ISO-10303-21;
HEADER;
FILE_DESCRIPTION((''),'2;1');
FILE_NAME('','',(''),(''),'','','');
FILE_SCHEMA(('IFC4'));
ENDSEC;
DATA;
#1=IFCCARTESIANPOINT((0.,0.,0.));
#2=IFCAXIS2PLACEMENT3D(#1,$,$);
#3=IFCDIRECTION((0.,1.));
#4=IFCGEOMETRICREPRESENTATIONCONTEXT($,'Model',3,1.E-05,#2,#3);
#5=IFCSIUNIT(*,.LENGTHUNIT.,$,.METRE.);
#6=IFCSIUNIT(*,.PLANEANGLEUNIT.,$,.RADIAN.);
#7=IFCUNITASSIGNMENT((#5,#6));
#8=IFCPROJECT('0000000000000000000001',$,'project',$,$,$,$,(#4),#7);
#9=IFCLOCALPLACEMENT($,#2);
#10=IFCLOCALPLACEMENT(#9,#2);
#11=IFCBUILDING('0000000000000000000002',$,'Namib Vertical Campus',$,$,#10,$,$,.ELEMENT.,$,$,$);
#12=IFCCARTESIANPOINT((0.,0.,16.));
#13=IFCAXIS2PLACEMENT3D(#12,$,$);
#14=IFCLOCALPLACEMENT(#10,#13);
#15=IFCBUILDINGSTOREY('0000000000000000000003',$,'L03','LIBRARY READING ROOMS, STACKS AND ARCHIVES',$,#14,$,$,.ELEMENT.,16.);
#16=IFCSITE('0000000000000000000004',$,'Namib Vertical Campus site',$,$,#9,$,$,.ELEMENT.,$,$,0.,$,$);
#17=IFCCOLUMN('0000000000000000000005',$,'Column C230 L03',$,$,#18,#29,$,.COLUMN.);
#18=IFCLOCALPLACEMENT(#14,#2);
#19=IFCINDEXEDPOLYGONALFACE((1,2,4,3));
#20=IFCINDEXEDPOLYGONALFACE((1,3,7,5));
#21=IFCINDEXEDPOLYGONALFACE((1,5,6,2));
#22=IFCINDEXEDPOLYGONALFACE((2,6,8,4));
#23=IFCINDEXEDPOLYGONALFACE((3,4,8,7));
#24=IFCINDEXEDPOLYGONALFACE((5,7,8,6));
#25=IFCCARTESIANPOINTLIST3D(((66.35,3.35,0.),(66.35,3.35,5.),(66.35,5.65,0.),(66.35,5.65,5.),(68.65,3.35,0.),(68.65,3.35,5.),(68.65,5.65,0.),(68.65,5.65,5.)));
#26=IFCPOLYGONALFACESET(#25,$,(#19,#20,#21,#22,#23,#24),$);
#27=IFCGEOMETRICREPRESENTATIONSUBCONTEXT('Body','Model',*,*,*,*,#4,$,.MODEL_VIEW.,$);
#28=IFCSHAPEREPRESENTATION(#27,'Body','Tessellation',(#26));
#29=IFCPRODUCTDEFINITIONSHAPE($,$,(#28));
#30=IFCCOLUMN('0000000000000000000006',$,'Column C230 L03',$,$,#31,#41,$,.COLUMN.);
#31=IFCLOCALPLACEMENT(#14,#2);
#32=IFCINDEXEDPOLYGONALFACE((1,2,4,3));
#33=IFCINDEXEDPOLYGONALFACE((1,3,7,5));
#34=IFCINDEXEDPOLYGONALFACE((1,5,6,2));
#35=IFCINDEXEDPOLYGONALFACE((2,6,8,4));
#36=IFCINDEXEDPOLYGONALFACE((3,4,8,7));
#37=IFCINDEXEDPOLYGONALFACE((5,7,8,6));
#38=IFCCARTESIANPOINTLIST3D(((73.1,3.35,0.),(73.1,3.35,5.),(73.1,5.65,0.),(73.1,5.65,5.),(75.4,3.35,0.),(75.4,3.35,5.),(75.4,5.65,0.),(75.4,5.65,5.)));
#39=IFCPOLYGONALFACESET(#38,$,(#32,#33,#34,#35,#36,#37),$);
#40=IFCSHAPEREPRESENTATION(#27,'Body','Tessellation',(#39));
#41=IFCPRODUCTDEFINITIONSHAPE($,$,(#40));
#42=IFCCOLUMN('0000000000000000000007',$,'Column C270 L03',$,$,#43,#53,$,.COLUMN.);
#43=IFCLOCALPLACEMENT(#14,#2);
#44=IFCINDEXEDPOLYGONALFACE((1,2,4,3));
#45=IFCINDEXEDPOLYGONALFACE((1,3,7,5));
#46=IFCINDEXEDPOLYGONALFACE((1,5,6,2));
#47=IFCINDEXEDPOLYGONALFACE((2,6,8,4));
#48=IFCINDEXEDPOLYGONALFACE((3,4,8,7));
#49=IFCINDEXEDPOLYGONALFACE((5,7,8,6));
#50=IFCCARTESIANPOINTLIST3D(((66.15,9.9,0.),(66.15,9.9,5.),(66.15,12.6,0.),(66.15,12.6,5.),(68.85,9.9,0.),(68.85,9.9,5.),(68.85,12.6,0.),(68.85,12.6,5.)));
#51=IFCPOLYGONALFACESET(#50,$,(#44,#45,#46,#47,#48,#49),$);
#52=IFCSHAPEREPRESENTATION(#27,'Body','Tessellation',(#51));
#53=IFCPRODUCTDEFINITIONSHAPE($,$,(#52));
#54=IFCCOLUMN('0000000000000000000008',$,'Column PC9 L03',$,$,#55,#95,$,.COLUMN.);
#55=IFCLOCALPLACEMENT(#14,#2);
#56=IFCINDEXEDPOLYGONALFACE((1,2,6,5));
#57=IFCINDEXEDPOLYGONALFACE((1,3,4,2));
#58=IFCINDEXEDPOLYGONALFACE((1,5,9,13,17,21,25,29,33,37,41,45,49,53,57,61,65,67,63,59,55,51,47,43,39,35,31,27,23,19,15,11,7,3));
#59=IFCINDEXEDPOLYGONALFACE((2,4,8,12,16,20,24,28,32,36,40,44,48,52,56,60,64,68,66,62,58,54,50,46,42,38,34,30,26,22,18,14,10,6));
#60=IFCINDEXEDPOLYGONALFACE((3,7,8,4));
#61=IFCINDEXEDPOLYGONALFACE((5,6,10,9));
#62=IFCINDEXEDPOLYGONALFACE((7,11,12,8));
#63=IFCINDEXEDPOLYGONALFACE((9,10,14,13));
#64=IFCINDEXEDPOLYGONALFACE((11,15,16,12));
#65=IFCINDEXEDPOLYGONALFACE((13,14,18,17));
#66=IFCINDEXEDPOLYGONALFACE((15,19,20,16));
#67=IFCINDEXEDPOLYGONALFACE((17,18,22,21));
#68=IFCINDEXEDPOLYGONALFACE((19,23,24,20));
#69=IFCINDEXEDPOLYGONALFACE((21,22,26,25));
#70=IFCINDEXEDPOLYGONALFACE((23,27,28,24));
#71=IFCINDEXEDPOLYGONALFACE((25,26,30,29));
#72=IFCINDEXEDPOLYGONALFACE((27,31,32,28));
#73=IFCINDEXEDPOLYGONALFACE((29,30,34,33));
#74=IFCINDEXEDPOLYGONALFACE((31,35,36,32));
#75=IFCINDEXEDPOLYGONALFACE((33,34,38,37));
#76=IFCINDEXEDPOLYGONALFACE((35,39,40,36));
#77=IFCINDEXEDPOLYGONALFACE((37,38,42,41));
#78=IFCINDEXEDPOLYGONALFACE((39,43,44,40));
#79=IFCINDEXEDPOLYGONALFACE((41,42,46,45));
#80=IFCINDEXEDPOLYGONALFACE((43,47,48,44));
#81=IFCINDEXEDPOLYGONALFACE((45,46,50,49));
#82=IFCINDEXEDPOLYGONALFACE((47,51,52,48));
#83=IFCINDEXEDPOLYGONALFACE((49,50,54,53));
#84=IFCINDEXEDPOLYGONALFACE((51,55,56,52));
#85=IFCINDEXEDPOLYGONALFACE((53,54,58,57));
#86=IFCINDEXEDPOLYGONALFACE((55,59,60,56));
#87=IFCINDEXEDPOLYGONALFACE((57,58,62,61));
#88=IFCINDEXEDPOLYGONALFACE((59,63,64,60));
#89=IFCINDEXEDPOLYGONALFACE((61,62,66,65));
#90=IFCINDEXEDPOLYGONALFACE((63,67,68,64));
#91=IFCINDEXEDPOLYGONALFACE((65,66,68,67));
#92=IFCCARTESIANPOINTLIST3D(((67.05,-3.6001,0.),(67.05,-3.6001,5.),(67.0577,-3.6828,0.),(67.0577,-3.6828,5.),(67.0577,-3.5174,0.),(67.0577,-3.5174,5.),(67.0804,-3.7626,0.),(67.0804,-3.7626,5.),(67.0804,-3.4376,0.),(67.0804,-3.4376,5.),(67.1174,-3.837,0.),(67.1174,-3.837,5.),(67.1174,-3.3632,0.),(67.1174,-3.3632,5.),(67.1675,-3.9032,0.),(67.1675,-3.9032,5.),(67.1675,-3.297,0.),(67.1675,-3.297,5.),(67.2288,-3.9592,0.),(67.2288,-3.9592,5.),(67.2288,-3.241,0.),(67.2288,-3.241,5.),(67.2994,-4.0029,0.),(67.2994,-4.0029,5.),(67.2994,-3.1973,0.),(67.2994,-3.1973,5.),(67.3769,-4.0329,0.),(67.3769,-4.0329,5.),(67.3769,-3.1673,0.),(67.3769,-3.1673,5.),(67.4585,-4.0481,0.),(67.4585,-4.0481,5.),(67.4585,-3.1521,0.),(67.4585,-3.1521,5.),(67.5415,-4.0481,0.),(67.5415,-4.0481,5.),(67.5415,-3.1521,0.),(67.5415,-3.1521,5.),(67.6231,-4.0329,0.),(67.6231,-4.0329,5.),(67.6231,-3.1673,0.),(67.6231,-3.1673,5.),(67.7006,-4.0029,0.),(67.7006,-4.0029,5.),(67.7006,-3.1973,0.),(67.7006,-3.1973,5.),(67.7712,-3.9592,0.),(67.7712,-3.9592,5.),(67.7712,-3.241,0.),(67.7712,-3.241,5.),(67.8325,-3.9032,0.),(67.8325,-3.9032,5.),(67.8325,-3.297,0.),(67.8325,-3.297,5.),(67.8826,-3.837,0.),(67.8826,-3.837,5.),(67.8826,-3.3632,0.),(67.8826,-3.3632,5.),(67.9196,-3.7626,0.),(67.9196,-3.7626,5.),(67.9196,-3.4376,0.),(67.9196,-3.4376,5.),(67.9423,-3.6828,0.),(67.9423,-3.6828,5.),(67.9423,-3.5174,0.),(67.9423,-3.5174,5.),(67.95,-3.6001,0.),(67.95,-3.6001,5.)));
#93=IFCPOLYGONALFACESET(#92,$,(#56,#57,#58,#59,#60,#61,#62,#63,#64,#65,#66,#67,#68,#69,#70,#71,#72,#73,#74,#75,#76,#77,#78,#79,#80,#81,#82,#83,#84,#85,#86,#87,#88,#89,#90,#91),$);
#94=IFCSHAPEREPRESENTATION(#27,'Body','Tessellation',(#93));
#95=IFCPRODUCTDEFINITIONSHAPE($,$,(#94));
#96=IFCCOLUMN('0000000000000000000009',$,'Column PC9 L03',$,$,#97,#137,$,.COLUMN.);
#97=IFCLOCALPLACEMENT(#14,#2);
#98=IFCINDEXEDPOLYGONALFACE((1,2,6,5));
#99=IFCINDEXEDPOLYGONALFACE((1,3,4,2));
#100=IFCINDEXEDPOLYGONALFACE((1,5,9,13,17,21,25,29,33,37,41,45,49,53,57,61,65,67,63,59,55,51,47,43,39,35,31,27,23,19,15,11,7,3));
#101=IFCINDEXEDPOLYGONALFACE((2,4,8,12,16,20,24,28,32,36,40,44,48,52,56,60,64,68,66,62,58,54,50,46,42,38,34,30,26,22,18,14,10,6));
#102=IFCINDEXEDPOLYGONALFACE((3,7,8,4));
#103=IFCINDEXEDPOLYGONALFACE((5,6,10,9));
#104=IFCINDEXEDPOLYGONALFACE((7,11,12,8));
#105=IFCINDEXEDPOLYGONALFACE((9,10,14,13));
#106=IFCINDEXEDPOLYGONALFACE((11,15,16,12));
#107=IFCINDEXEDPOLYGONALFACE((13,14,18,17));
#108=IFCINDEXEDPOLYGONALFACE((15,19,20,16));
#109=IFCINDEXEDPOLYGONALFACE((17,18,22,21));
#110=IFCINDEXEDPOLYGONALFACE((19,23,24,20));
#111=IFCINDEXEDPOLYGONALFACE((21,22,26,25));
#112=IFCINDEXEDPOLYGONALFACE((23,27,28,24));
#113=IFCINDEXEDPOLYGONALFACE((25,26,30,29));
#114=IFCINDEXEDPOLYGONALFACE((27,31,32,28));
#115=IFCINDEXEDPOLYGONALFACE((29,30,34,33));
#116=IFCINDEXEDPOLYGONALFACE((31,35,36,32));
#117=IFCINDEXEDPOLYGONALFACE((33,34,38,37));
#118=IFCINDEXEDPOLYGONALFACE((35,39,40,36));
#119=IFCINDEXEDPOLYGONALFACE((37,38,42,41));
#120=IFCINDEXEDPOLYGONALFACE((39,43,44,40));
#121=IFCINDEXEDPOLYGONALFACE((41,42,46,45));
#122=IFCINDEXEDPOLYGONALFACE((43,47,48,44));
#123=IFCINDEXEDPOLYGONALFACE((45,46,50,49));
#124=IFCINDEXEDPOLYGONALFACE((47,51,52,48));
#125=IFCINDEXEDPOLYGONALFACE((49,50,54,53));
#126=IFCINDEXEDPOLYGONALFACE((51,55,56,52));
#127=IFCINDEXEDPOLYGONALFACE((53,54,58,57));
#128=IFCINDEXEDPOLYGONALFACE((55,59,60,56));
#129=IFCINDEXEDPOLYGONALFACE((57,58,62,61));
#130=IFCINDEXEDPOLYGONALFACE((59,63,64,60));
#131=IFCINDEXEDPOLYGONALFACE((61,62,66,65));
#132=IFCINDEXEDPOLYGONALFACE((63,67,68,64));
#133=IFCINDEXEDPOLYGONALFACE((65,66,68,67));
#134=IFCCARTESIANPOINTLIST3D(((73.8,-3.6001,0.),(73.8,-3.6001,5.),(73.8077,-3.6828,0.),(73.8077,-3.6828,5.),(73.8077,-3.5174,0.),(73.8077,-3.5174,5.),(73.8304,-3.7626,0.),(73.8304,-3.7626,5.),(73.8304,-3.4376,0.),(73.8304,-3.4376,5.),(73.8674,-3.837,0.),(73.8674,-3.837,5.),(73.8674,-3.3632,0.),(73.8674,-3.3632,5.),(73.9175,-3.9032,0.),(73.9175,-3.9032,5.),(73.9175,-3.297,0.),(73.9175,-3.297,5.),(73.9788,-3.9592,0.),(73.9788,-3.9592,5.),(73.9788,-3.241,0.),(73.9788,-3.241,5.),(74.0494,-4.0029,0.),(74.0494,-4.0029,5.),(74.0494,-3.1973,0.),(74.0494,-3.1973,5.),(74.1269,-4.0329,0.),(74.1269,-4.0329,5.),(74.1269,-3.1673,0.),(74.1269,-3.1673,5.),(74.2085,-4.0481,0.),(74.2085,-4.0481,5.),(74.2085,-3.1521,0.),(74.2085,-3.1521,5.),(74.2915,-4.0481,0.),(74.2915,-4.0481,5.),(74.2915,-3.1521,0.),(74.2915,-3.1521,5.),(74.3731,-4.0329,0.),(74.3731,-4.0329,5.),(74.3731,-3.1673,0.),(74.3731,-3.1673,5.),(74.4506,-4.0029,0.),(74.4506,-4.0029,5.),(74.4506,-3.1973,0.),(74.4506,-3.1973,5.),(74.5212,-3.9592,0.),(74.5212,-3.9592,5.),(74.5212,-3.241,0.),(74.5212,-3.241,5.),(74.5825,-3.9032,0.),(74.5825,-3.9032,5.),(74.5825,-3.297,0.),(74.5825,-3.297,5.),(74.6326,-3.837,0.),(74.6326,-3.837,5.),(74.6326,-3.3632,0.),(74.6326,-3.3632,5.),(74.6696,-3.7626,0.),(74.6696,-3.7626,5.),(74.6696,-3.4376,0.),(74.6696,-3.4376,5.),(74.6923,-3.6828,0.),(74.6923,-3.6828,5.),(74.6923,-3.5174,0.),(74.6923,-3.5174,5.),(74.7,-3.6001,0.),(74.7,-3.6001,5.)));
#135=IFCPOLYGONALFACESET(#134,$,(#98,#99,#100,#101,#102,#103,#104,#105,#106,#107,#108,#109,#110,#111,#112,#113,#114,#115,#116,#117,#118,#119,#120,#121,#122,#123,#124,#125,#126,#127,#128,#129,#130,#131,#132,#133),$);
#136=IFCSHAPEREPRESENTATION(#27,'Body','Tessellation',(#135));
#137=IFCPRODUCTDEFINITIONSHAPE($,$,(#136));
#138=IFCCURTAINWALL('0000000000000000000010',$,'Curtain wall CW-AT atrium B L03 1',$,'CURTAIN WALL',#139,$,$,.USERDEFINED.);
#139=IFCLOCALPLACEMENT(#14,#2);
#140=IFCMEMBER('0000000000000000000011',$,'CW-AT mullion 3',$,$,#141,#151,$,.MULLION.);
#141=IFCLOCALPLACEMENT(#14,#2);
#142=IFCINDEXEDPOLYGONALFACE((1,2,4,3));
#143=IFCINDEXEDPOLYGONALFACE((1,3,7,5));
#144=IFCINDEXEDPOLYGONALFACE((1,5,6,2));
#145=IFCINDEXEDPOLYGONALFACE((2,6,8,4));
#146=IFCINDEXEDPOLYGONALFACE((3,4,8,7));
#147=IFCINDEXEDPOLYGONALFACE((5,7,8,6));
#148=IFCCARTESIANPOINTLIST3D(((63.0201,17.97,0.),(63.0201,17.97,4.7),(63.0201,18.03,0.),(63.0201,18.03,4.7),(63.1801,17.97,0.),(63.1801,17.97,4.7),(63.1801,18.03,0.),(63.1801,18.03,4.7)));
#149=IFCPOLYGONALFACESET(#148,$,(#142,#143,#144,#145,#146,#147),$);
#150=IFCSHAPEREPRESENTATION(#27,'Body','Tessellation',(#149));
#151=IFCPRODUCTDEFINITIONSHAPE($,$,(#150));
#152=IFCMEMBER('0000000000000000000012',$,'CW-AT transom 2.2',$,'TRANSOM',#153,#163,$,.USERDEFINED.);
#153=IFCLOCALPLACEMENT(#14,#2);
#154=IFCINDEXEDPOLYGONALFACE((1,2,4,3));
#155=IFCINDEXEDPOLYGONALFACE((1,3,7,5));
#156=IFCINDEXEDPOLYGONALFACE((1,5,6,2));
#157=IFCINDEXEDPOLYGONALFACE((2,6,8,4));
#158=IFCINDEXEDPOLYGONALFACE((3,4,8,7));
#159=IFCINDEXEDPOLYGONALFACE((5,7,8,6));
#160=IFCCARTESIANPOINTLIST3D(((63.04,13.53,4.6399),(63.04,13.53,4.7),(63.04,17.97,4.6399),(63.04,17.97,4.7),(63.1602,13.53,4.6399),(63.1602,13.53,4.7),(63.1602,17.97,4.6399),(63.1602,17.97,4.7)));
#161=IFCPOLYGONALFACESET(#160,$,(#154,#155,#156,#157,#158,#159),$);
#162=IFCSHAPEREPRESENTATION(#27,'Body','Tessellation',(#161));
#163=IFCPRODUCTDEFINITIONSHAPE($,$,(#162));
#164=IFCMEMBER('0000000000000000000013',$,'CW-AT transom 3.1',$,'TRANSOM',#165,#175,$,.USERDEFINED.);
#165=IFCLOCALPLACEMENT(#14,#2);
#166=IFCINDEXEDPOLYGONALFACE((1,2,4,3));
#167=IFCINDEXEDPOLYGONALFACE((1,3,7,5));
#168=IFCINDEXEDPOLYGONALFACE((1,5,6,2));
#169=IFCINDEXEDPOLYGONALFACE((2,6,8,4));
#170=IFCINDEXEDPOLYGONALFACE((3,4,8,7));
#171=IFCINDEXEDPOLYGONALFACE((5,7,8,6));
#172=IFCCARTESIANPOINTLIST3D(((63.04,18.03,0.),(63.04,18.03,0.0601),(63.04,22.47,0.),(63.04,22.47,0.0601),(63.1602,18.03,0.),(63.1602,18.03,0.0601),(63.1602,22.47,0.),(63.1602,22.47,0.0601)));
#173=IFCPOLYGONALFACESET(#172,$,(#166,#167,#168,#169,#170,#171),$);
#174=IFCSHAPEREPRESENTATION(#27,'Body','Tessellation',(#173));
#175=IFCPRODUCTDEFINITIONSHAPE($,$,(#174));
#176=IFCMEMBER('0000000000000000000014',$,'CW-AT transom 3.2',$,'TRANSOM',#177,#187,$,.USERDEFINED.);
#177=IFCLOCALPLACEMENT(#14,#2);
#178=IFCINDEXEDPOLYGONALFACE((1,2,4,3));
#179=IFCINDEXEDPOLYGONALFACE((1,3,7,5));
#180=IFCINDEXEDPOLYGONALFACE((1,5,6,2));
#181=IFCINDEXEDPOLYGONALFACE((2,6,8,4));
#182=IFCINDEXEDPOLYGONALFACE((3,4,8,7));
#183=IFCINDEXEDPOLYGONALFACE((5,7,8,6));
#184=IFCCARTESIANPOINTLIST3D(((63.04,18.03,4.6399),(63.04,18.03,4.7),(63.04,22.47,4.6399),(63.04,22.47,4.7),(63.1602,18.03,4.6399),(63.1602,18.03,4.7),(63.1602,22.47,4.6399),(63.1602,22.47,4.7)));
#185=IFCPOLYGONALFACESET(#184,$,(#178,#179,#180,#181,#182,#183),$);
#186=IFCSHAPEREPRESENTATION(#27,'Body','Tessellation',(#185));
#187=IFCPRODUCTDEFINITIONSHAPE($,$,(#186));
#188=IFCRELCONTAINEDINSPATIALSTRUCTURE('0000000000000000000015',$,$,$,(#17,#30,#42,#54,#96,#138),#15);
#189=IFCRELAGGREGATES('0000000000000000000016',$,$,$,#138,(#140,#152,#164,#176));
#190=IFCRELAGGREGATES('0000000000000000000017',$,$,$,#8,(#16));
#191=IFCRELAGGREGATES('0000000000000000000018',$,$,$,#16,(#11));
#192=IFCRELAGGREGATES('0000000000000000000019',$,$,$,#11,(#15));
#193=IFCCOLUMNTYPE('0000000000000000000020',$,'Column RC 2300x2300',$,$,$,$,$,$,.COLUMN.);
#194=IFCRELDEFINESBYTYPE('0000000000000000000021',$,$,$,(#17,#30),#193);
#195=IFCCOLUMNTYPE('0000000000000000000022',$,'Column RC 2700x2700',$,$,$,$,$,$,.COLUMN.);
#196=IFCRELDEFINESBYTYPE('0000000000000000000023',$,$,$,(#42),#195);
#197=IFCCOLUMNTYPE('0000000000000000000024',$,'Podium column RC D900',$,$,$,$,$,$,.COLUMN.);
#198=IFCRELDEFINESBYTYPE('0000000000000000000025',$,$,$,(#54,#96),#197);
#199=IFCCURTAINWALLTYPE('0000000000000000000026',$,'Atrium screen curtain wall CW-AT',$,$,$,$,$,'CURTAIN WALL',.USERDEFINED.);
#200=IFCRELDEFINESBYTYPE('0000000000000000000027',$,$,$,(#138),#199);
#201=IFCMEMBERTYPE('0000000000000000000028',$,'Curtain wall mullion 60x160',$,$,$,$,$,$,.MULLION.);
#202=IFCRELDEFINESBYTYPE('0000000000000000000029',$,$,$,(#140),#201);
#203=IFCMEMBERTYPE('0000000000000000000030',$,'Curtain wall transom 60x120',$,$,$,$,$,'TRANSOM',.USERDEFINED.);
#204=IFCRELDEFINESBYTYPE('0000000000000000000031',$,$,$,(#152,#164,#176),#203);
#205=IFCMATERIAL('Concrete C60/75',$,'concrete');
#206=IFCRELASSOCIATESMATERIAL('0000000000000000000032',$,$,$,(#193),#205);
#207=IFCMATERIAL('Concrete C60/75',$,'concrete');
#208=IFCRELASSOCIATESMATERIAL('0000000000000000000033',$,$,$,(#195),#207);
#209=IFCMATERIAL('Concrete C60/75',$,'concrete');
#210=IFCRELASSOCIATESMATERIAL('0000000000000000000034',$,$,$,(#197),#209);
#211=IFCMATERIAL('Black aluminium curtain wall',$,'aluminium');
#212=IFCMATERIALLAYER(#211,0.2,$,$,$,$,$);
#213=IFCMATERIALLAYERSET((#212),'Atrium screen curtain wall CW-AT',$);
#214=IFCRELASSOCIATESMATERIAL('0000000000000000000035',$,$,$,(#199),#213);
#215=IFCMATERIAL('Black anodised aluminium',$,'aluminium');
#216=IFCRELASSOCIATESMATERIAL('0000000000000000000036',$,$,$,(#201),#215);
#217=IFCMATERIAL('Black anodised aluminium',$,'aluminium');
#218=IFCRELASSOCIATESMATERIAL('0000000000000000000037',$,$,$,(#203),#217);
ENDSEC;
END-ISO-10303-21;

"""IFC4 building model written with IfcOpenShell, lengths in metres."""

from ifc_helpers import new_model, si_unit, direction, frame, origin, origin_2d, place, context, subcontext, project, spatial, rectangle, circle, extrude, material, layer, layer_set, material_profile, profile_set, type_object, element, aggregate, save


model = new_model("IFC4")

# Units and contexts
model_context = context("Model", 3, precision=1e-05, world=origin(), true_north=direction((0.0, 1.0)))
body_context = subcontext(model_context, "Body", "Model", "MODEL_VIEW")
ifc_project = project(units=[si_unit("LENGTHUNIT", "METRE"), si_unit("PLANEANGLEUNIT", "RADIAN")], contexts=[model_context])

# Site, building, storey
site_placement = place(None, origin())
site = spatial("IfcSite", under=ifc_project, at=site_placement, Name="Namib Vertical Campus site", CompositionType="ELEMENT", RefElevation=0.0)
building_placement = place(site_placement, origin())
building = spatial("IfcBuilding", under=site, at=building_placement, Name="Namib Vertical Campus", CompositionType="ELEMENT")
storey_placement = place(building_placement, frame((0.0, 0.0, 16.0)))
storey = spatial("IfcBuildingStorey", under=building, at=storey_placement, Name="L03", Description="LIBRARY READING ROOMS, STACKS AND ARCHIVES", CompositionType="ELEMENT", Elevation=16.0)

# Columns
ifc_material_1 = material(Name="Concrete C60/75", Category="concrete")
ifc_material_profile_1 = material_profile(ifc_material_1, rectangle(XDim=2.3, YDim=2.3, at=origin_2d()))
ifc_profile_set_1 = profile_set([ifc_material_profile_1], Name="Concrete C60/75")
column_type_1 = type_object("IfcColumnType", Name="Column RC 2300x2300", PredefinedType="COLUMN", material=ifc_profile_set_1)
for number, where, z_axis, x_axis, name in (
    (1, (67.5, 4.5, 0.0), (0.0, 0.0, 1.0), (1.0, 0.0, 0.0), "Column C230 L03"),
    (2, (74.25, 4.5, 0.0), (0.0, 0.0, 1.0), (1.0, 0.0, 0.0), "Column C230 L03"),
):
    element("IfcColumn", number, at=place(storey_placement, frame(where, z_axis=z_axis, x_axis=x_axis)), inside=storey, type_object=column_type_1, Name=name, PredefinedType="COLUMN", context=body_context, shape_type="SweptSolid", body=[
        extrude(rectangle(XDim=2.3, YDim=2.3, at=origin_2d()), origin(), (0.0, 0.0, 1.0), 5.0),
    ])
ifc_material_2 = material(Name="Concrete C60/75", Category="concrete")
ifc_material_profile_2 = material_profile(ifc_material_2, rectangle(XDim=2.7, YDim=2.7, at=origin_2d()))
ifc_profile_set_2 = profile_set([ifc_material_profile_2], Name="Concrete C60/75")
column_type_2 = type_object("IfcColumnType", Name="Column RC 2700x2700", PredefinedType="COLUMN", material=ifc_profile_set_2)
column_placement = place(storey_placement, frame((67.5, 11.25, 0.0), z_axis=(0.0, 0.0, 1.0), x_axis=(1.0, 0.0, 0.0)))
element("IfcColumn", 3, at=column_placement, inside=storey, type_object=column_type_2, Name="Column C270 L03", PredefinedType="COLUMN", context=body_context, shape_type="SweptSolid", body=[
    extrude(rectangle(XDim=2.7, YDim=2.7, at=origin_2d()), origin(), (0.0, 0.0, 1.0), 5.0),
])
ifc_material_3 = material(Name="Concrete C60/75", Category="concrete")
ifc_material_profile_3 = material_profile(ifc_material_3, circle(Radius=0.45, at=origin_2d()))
ifc_profile_set_3 = profile_set([ifc_material_profile_3], Name="Concrete C60/75")
column_type_3 = type_object("IfcColumnType", Name="Podium column RC D900", PredefinedType="COLUMN", material=ifc_profile_set_3)
for number, where, z_axis, x_axis, name in (
    (4, (67.5, -3.6001, 0.0), (0.0, 0.0, 1.0), (1.0, 0.0, 0.0), "Column PC9 L03"),
    (5, (74.25, -3.6001, 0.0), (0.0, 0.0, 1.0), (1.0, 0.0, 0.0), "Column PC9 L03"),
):
    element("IfcColumn", number, at=place(storey_placement, frame(where, z_axis=z_axis, x_axis=x_axis)), inside=storey, type_object=column_type_3, Name=name, PredefinedType="COLUMN", context=body_context, shape_type="SweptSolid", body=[
        extrude(circle(Radius=0.45, at=origin_2d()), origin(), (0.0, 0.0, 1.0), 5.0),
    ])

# Curtain wall, members
ifc_material_4 = material(Name="Black aluminium curtain wall", Category="aluminium")
ifc_layer_1 = layer(ifc_material_4, 0.2)
ifc_layer_set_1 = layer_set([ifc_layer_1], Name="Atrium screen curtain wall CW-AT")
curtain_wall_type = type_object("IfcCurtainWallType", Name="Atrium screen curtain wall CW-AT", ElementType="CURTAIN WALL", PredefinedType="USERDEFINED", material=ifc_layer_set_1)
curtain_wall_placement = place(storey_placement, origin())
curtain_wall = element("IfcCurtainWall", 6, at=curtain_wall_placement, inside=storey, type_object=curtain_wall_type, Name="Curtain wall CW-AT atrium B L03 1", ObjectType="CURTAIN WALL", PredefinedType="USERDEFINED")
ifc_material_5 = material(Name="Black anodised aluminium", Category="aluminium")
ifc_material_profile_4 = material_profile(ifc_material_5, rectangle(XDim=0.0601, YDim=0.1599, at=origin_2d()))
ifc_profile_set_4 = profile_set([ifc_material_profile_4], Name="Black anodised aluminium")
member_type_1 = type_object("IfcMemberType", Name="Curtain wall mullion 60x160", PredefinedType="MULLION", material=ifc_profile_set_4)
member_1_placement = place(storey_placement, frame((63.1001, 18.0, 0.0), z_axis=(0.0, 0.0, 1.0), x_axis=(0.0, 1.0, 0.0)))
member_1 = element("IfcMember", 7, at=member_1_placement, type_object=member_type_1, Name="CW-AT mullion 3", PredefinedType="MULLION", context=body_context, shape_type="SweptSolid", body=[
    extrude(rectangle(XDim=0.0601, YDim=0.1599, at=origin_2d()), origin(), (0.0, 0.0, 1.0), 4.7),
])
ifc_material_6 = material(Name="Black anodised aluminium", Category="aluminium")
ifc_material_profile_5 = material_profile(ifc_material_6, rectangle(XDim=0.0601, YDim=0.1201, at=origin_2d()))
ifc_profile_set_5 = profile_set([ifc_material_profile_5], Name="Black anodised aluminium")
member_type_2 = type_object("IfcMemberType", Name="Curtain wall transom 60x120", ElementType="TRANSOM", PredefinedType="USERDEFINED", material=ifc_profile_set_5)
member_2_placement = place(storey_placement, frame((63.1001, 13.53, 4.6699), z_axis=(0.0, 1.0, 0.0), x_axis=(0.0, 0.0, 1.0)))
member_2 = element("IfcMember", 8, at=member_2_placement, type_object=member_type_2, Name="CW-AT transom 2.2", ObjectType="TRANSOM", PredefinedType="USERDEFINED", context=body_context, shape_type="SweptSolid", body=[
    extrude(rectangle(XDim=0.0601, YDim=0.1201, at=origin_2d()), origin(), (0.0, 0.0, 1.0), 4.4399),
])
member_3_placement = place(storey_placement, frame((63.1001, 18.03, 0.03), z_axis=(0.0, 1.0, 0.0), x_axis=(0.0, 0.0, 1.0)))
member_3 = element("IfcMember", 9, at=member_3_placement, type_object=member_type_2, Name="CW-AT transom 3.1", ObjectType="TRANSOM", PredefinedType="USERDEFINED", context=body_context, shape_type="SweptSolid", body=[
    extrude(rectangle(XDim=0.0601, YDim=0.1201, at=origin_2d()), origin(), (0.0, 0.0, 1.0), 4.4399),
])
member_4_placement = place(storey_placement, frame((63.1001, 18.03, 4.6699), z_axis=(0.0, 1.0, 0.0), x_axis=(0.0, 0.0, 1.0)))
member_4 = element("IfcMember", 10, at=member_4_placement, type_object=member_type_2, Name="CW-AT transom 3.2", ObjectType="TRANSOM", PredefinedType="USERDEFINED", context=body_context, shape_type="SweptSolid", body=[
    extrude(rectangle(XDim=0.0601, YDim=0.1201, at=origin_2d()), origin(), (0.0, 0.0, 1.0), 4.4399),
])

aggregate(curtain_wall, [member_1, member_2, member_3, member_4])

save(model, "model.ifc")
